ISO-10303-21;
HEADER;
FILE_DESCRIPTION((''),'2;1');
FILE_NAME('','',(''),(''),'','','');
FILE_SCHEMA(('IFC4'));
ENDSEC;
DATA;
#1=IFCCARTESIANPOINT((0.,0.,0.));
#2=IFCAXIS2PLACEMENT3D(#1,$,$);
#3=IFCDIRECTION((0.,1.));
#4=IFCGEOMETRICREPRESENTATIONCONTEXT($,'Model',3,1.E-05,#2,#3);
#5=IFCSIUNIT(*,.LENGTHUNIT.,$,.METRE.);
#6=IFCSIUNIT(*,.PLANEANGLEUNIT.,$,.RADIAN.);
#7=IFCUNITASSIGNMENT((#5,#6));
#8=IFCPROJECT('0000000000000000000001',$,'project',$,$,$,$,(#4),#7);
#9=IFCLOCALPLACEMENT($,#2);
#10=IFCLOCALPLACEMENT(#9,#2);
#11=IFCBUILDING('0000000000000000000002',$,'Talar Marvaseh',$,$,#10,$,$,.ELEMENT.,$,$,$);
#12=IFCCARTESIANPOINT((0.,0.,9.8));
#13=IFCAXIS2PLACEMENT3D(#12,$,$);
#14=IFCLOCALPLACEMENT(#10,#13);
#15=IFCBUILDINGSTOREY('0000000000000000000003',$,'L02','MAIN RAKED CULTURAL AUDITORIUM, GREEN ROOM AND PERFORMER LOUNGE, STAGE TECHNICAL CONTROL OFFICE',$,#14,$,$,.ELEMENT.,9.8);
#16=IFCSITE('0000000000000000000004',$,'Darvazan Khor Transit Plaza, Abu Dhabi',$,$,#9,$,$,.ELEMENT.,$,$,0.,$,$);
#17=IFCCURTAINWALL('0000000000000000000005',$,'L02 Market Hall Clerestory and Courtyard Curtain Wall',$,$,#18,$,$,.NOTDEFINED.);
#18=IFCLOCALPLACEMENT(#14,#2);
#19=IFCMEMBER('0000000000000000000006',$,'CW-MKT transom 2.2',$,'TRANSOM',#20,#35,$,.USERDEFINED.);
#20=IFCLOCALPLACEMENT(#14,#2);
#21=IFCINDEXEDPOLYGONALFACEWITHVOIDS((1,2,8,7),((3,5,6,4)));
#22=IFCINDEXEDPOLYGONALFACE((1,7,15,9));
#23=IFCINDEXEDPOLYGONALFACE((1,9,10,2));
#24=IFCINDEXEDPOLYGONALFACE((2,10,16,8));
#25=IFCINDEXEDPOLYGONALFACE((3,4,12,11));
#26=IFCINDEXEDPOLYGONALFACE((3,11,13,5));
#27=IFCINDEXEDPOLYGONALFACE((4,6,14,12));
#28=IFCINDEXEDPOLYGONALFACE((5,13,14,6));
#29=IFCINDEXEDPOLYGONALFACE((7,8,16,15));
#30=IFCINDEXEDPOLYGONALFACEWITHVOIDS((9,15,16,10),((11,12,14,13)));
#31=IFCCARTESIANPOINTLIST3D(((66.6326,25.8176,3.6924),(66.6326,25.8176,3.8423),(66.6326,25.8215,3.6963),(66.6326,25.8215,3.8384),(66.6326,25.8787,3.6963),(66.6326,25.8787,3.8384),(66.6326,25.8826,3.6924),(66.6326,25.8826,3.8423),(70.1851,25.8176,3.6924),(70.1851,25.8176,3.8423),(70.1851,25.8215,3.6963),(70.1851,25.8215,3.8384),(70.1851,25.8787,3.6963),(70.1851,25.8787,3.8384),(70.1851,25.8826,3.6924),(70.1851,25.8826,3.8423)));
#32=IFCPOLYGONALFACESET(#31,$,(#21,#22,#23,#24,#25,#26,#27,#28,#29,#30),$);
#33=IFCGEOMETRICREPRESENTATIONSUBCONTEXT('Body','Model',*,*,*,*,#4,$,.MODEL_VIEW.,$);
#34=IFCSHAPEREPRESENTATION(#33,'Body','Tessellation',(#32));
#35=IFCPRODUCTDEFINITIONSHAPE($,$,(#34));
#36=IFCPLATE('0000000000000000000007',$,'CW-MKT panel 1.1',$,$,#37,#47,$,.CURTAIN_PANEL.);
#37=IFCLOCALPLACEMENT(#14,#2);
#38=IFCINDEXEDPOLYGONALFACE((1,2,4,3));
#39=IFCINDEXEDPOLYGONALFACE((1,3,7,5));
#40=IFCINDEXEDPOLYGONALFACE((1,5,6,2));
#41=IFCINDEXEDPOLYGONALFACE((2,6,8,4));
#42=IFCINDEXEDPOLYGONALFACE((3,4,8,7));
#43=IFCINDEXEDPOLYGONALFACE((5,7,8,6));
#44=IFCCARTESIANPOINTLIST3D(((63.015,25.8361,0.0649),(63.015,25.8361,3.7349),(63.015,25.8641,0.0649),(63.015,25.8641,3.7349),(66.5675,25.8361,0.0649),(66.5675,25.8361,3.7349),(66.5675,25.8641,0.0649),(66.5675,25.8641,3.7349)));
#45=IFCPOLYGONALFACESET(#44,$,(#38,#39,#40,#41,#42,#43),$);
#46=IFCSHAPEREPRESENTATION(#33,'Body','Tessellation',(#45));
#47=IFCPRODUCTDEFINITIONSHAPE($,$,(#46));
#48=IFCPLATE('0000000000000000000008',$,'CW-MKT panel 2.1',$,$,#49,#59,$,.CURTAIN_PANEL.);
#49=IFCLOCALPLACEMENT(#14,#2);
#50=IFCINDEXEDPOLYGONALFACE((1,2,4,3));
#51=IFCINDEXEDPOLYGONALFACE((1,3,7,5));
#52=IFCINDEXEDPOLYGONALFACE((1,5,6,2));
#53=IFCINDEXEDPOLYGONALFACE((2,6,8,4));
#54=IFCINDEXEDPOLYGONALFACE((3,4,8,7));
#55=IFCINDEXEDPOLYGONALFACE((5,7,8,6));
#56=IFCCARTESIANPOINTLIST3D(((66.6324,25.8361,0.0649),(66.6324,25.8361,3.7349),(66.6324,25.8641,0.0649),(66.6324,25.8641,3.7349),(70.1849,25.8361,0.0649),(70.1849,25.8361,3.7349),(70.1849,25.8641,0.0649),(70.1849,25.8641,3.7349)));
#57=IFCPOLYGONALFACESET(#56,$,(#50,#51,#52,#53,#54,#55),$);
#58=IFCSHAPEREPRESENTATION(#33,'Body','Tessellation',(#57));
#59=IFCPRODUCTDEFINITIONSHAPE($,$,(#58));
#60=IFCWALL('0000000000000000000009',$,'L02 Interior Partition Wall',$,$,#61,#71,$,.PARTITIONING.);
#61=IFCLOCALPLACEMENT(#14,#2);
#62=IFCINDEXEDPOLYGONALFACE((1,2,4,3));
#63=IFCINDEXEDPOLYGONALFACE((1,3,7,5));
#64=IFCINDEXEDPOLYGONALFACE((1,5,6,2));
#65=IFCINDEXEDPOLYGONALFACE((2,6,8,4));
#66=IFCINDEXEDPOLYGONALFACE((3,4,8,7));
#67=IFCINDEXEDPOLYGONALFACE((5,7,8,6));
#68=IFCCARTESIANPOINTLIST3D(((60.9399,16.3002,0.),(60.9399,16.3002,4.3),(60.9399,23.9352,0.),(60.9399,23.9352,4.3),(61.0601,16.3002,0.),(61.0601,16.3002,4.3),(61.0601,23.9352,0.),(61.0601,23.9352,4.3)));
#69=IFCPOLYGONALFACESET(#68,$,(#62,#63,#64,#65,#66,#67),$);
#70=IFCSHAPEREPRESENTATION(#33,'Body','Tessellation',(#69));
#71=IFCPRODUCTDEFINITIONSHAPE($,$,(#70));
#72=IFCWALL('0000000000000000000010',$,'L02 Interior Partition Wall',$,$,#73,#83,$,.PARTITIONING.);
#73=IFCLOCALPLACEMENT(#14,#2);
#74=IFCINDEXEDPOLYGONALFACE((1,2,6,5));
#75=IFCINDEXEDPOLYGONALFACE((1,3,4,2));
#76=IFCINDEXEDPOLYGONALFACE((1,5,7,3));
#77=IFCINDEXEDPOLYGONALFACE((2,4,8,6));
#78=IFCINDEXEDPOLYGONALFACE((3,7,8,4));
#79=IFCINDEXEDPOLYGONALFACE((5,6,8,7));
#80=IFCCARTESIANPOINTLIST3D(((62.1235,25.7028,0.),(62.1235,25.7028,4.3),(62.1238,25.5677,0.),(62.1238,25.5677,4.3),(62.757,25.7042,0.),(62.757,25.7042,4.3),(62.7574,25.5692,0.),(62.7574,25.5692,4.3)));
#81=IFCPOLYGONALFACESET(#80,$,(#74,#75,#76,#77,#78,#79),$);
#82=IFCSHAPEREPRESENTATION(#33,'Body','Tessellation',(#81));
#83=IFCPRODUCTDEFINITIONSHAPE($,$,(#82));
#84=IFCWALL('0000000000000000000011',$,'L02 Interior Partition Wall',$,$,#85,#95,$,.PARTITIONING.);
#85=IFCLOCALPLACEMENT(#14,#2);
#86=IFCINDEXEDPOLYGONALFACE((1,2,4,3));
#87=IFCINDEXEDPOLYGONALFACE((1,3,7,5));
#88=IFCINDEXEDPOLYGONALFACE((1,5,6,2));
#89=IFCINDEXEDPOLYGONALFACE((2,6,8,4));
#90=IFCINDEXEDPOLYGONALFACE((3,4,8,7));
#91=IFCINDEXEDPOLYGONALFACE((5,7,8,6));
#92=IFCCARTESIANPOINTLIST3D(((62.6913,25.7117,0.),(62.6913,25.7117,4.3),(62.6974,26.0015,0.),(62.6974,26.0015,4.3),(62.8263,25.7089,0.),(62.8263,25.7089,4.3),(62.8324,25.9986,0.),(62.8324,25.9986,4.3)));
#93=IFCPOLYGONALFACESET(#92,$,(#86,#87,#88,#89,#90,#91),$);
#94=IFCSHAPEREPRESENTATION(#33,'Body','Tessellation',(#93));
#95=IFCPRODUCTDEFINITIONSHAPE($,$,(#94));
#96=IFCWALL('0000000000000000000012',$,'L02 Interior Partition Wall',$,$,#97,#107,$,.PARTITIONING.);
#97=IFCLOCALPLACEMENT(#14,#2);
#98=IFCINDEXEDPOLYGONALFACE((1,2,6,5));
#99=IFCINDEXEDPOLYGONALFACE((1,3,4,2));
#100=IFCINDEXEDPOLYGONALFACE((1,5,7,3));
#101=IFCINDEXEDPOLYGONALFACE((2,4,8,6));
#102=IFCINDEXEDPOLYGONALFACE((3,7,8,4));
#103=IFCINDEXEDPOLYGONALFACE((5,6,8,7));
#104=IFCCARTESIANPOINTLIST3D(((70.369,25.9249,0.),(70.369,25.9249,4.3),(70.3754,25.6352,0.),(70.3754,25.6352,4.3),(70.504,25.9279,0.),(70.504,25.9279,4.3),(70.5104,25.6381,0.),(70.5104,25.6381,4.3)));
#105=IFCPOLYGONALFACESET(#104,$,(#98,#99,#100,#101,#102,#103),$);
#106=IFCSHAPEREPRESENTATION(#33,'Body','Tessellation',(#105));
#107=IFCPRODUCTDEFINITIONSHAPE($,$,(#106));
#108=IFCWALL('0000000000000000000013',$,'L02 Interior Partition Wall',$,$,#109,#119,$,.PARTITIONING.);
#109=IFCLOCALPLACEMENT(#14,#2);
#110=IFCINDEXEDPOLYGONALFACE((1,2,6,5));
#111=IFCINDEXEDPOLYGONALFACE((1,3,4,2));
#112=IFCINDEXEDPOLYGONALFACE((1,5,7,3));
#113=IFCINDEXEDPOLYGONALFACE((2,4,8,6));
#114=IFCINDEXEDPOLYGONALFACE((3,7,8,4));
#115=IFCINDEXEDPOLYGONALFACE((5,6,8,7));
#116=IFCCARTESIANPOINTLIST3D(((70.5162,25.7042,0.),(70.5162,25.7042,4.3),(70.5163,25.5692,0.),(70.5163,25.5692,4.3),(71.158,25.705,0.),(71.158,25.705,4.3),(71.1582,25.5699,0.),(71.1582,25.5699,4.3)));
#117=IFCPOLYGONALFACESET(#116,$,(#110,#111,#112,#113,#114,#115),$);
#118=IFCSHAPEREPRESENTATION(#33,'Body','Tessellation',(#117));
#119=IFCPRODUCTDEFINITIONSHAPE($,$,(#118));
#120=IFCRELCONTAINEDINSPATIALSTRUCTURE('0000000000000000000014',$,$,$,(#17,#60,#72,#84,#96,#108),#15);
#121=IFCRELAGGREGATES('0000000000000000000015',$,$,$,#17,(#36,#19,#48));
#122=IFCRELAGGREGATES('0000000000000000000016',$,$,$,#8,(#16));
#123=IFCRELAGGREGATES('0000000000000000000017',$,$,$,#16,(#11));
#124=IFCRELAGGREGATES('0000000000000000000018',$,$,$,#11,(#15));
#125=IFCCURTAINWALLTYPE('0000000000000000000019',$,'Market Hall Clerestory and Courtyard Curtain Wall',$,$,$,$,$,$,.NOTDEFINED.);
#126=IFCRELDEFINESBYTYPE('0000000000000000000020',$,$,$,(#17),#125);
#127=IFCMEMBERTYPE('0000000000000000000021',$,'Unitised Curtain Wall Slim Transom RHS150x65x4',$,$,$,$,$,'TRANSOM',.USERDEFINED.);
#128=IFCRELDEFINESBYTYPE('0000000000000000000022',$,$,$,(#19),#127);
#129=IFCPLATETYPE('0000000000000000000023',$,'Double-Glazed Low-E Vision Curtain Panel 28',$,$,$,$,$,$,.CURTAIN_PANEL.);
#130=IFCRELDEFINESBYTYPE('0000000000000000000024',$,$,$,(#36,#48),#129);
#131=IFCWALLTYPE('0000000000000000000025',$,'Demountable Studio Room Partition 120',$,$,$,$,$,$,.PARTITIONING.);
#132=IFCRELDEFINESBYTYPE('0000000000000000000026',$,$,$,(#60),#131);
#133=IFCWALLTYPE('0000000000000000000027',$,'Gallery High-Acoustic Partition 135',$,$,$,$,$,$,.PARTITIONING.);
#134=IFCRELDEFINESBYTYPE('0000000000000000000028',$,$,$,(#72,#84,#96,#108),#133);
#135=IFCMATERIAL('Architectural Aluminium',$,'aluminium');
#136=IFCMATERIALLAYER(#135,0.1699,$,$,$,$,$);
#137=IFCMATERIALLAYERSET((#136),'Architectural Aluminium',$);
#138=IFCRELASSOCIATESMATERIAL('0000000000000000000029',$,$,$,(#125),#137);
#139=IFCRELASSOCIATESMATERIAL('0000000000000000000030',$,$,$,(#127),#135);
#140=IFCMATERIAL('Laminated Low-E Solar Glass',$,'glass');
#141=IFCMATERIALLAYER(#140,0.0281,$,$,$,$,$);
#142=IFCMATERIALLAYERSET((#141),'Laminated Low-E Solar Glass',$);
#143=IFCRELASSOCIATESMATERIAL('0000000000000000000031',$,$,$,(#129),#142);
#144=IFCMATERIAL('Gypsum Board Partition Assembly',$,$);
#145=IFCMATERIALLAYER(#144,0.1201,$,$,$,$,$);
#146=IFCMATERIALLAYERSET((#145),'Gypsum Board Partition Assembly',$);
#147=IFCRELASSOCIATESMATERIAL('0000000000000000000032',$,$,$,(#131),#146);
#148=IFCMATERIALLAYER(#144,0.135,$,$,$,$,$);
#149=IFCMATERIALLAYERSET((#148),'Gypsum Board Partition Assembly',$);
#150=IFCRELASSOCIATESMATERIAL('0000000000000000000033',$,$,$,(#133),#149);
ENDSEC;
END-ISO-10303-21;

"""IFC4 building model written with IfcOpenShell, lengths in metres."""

from ifc_helpers import new_model, si_unit, direction, frame, frame_2d, origin, origin_2d, place, context, subcontext, project, spatial, rectangle, hollow_rectangle, extrude, source, transform, mapped, material, layer, layer_set, material_profile, profile_set, type_object, type_shapes, element, aggregate, save


model = new_model("IFC4")

# Units and contexts
model_context = context("Model", 3, precision=1e-05, world=origin(), true_north=direction((0.0, 1.0)))
body_context = subcontext(model_context, "Body", "Model", "MODEL_VIEW")
ifc_project = project(units=[si_unit("LENGTHUNIT", "METRE"), si_unit("PLANEANGLEUNIT", "RADIAN")], contexts=[model_context])

# Site, building, storey
site_placement = place(None, origin())
site = spatial("IfcSite", under=ifc_project, at=site_placement, Name="Darvazan Khor Transit Plaza, Abu Dhabi", CompositionType="ELEMENT", RefElevation=0.0)
building_placement = place(site_placement, origin())
building = spatial("IfcBuilding", under=site, at=building_placement, Name="Talar Marvaseh", CompositionType="ELEMENT")
storey_placement = place(building_placement, frame((0.0, 0.0, 9.8)))
storey = spatial("IfcBuildingStorey", under=building, at=storey_placement, Name="L02", Description="MAIN RAKED CULTURAL AUDITORIUM, GREEN ROOM AND PERFORMER LOUNGE, STAGE TECHNICAL CONTROL OFFICE", CompositionType="ELEMENT", Elevation=9.8)

# Curtain wall, member, plates
ifc_material_1 = material(Name="Architectural Aluminium", Category="aluminium")
ifc_layer_1 = layer(ifc_material_1, 0.1699)
ifc_layer_set_1 = layer_set([ifc_layer_1], Name="Architectural Aluminium")
curtain_wall_type = type_object("IfcCurtainWallType", Name="Market Hall Clerestory and Courtyard Curtain Wall", PredefinedType="NOTDEFINED", material=ifc_layer_set_1)
curtain_wall_placement = place(storey_placement, origin())
curtain_wall = element("IfcCurtainWall", 1, at=curtain_wall_placement, inside=storey, type_object=curtain_wall_type, Name="L02 Market Hall Clerestory and Courtyard Curtain Wall", PredefinedType="NOTDEFINED")
ifc_material_profile_1 = material_profile(ifc_material_1, hollow_rectangle(XDim=0.0649, YDim=0.1499, WallThickness=0.0039, at=origin_2d()), Name="RHS150x65x4")
ifc_profile_set_1 = profile_set([ifc_material_profile_1], Name="Architectural Aluminium")
member_type_1 = type_object("IfcMemberType", Name="Unitised Curtain Wall Slim Transom RHS150x65x4", ElementType="TRANSOM", PredefinedType="USERDEFINED", material=ifc_profile_set_1)
shared_shape_1 = source(origin(), body_context, "Body", "SweptSolid", [
    extrude(hollow_rectangle(XDim=0.0649, YDim=0.1499, WallThickness=0.0039, at=origin_2d()), origin(), (0.0, 0.0, 1.0), 3.5525),
])
type_shapes(member_type_1, [shared_shape_1])
member_1_placement = place(storey_placement, frame((66.6326, 25.8501, 3.7673), z_axis=(1.0, 0.0, 0.0), x_axis=(0.0, 1.0, 0.0)))
member_1 = element("IfcMember", 2, at=member_1_placement, type_object=member_type_1, Name="CW-MKT transom 2.2", ObjectType="TRANSOM", PredefinedType="USERDEFINED", context=body_context, shape_type="MappedRepresentation", body=[
    mapped(shared_shape_1, transform((0.0, 0.0, 0.0), x_axis=(1.0, 0.0, 0.0), y_axis=(0.0, 1.0, 0.0), z_axis=(0.0, 0.0, 1.0), scale=1.0)),
])
ifc_material_2 = material(Name="Laminated Low-E Solar Glass", Category="glass")
ifc_layer_2 = layer(ifc_material_2, 0.0281)
ifc_layer_set_2 = layer_set([ifc_layer_2], Name="Laminated Low-E Solar Glass")
plate_type = type_object("IfcPlateType", Name="Double-Glazed Low-E Vision Curtain Panel 28", PredefinedType="CURTAIN_PANEL", material=ifc_layer_set_2)
shared_shape_2 = source(origin(), body_context, "Body", "SweptSolid", [
    extrude(rectangle(XDim=3.5525, YDim=0.0281, at=origin_2d()), origin(), (0.0, 0.0, 1.0), 3.6699),
])
type_shapes(plate_type, [shared_shape_2])
plate_1_placement = place(storey_placement, frame((64.7913, 25.8501, 0.0649), z_axis=(0.0, 0.0, 1.0), x_axis=(1.0, 0.0, 0.0)))
plate_1 = element("IfcPlate", 3, at=plate_1_placement, type_object=plate_type, Name="CW-MKT panel 1.1", PredefinedType="CURTAIN_PANEL", context=body_context, shape_type="MappedRepresentation", body=[
    mapped(shared_shape_2, transform((0.0, 0.0, 0.0), x_axis=(1.0, 0.0, 0.0), y_axis=(0.0, 1.0, 0.0), z_axis=(0.0, 0.0, 1.0), scale=1.0)),
])
plate_2_placement = place(storey_placement, frame((68.4087, 25.8501, 0.0649), z_axis=(0.0, 0.0, 1.0), x_axis=(1.0, 0.0, 0.0)))
plate_2 = element("IfcPlate", 4, at=plate_2_placement, type_object=plate_type, Name="CW-MKT panel 2.1", PredefinedType="CURTAIN_PANEL", context=body_context, shape_type="MappedRepresentation", body=[
    mapped(shared_shape_2, transform((0.0, 0.0, 0.0), x_axis=(1.0, 0.0, 0.0), y_axis=(0.0, 1.0, 0.0), z_axis=(0.0, 0.0, 1.0), scale=1.0)),
])
aggregate(curtain_wall, [plate_1, member_1, plate_2])

# Walls
ifc_material_3 = material(Name="Gypsum Board Partition Assembly")
ifc_layer_3 = layer(ifc_material_3, 0.1201)
ifc_layer_set_3 = layer_set([ifc_layer_3], Name="Gypsum Board Partition Assembly")
wall_type_1 = type_object("IfcWallType", Name="Demountable Studio Room Partition 120", PredefinedType="PARTITIONING", material=ifc_layer_set_3)
wall_1_placement = place(storey_placement, frame((61.0, 23.9351, 0.0), z_axis=(0.0, 0.0, 1.0), x_axis=(0.0, -1.0, 0.0)))
element("IfcWall", 5, at=wall_1_placement, inside=storey, type_object=wall_type_1, Name="L02 Interior Partition Wall", PredefinedType="PARTITIONING", context=body_context, shape_type="SweptSolid", body=[
    extrude(rectangle(XDim=7.635, YDim=0.1201, at=frame_2d((3.8174, 0.0))), origin(), (0.0, 0.0, 1.0), 4.3),
])
ifc_layer_4 = layer(ifc_material_3, 0.135)
ifc_layer_set_4 = layer_set([ifc_layer_4], Name="Gypsum Board Partition Assembly")
wall_type_2 = type_object("IfcWallType", Name="Gallery High-Acoustic Partition 135", PredefinedType="PARTITIONING", material=ifc_layer_set_4)
wall_2_placement = place(storey_placement, frame((62.1235, 25.6353, 0.0), z_axis=(0.0, 0.0, 1.0), x_axis=(0.999997, 0.002312, 0.0)))
element("IfcWall", 6, at=wall_2_placement, inside=storey, type_object=wall_type_2, Name="L02 Interior Partition Wall", PredefinedType="PARTITIONING", context=body_context, shape_type="SweptSolid", body=[
    extrude(rectangle(XDim=0.6335, YDim=0.135, at=frame_2d((0.3169, 0.0))), origin(), (0.0, 0.0, 1.0), 4.3),
])
for number, where, z_axis, x_axis, name in (
    (7, (62.7588, 25.7102, 0.0), (0.0, 0.0, 1.0), (0.021057, 0.999778, 0.0), "L02 Interior Partition Wall"),
    (8, (70.4365, 25.9265, 0.0), (0.0, 0.0, 1.0), (0.021899, -0.99976, 0.0), "L02 Interior Partition Wall"),
):
    element("IfcWall", number, at=place(storey_placement, frame(where, z_axis=z_axis, x_axis=x_axis)), inside=storey, type_object=wall_type_2, Name=name, PredefinedType="PARTITIONING", context=body_context, shape_type="SweptSolid", body=[
        extrude(rectangle(XDim=0.2898, YDim=0.135, at=frame_2d((0.145, 0.0))), origin(), (0.0, 0.0, 1.0), 4.3),
    ])
wall_3_placement = place(storey_placement, frame((70.5164, 25.6367, 0.0), z_axis=(0.0, 0.0, 1.0), x_axis=(0.999999, 0.001141, 0.0)))
element("IfcWall", 9, at=wall_3_placement, inside=storey, type_object=wall_type_2, Name="L02 Interior Partition Wall", PredefinedType="PARTITIONING", context=body_context, shape_type="SweptSolid", body=[
    extrude(rectangle(XDim=0.6418, YDim=0.135, at=frame_2d((0.3208, 0.0))), origin(), (0.0, 0.0, 1.0), 4.3),
])

save(model, "model.ifc")
